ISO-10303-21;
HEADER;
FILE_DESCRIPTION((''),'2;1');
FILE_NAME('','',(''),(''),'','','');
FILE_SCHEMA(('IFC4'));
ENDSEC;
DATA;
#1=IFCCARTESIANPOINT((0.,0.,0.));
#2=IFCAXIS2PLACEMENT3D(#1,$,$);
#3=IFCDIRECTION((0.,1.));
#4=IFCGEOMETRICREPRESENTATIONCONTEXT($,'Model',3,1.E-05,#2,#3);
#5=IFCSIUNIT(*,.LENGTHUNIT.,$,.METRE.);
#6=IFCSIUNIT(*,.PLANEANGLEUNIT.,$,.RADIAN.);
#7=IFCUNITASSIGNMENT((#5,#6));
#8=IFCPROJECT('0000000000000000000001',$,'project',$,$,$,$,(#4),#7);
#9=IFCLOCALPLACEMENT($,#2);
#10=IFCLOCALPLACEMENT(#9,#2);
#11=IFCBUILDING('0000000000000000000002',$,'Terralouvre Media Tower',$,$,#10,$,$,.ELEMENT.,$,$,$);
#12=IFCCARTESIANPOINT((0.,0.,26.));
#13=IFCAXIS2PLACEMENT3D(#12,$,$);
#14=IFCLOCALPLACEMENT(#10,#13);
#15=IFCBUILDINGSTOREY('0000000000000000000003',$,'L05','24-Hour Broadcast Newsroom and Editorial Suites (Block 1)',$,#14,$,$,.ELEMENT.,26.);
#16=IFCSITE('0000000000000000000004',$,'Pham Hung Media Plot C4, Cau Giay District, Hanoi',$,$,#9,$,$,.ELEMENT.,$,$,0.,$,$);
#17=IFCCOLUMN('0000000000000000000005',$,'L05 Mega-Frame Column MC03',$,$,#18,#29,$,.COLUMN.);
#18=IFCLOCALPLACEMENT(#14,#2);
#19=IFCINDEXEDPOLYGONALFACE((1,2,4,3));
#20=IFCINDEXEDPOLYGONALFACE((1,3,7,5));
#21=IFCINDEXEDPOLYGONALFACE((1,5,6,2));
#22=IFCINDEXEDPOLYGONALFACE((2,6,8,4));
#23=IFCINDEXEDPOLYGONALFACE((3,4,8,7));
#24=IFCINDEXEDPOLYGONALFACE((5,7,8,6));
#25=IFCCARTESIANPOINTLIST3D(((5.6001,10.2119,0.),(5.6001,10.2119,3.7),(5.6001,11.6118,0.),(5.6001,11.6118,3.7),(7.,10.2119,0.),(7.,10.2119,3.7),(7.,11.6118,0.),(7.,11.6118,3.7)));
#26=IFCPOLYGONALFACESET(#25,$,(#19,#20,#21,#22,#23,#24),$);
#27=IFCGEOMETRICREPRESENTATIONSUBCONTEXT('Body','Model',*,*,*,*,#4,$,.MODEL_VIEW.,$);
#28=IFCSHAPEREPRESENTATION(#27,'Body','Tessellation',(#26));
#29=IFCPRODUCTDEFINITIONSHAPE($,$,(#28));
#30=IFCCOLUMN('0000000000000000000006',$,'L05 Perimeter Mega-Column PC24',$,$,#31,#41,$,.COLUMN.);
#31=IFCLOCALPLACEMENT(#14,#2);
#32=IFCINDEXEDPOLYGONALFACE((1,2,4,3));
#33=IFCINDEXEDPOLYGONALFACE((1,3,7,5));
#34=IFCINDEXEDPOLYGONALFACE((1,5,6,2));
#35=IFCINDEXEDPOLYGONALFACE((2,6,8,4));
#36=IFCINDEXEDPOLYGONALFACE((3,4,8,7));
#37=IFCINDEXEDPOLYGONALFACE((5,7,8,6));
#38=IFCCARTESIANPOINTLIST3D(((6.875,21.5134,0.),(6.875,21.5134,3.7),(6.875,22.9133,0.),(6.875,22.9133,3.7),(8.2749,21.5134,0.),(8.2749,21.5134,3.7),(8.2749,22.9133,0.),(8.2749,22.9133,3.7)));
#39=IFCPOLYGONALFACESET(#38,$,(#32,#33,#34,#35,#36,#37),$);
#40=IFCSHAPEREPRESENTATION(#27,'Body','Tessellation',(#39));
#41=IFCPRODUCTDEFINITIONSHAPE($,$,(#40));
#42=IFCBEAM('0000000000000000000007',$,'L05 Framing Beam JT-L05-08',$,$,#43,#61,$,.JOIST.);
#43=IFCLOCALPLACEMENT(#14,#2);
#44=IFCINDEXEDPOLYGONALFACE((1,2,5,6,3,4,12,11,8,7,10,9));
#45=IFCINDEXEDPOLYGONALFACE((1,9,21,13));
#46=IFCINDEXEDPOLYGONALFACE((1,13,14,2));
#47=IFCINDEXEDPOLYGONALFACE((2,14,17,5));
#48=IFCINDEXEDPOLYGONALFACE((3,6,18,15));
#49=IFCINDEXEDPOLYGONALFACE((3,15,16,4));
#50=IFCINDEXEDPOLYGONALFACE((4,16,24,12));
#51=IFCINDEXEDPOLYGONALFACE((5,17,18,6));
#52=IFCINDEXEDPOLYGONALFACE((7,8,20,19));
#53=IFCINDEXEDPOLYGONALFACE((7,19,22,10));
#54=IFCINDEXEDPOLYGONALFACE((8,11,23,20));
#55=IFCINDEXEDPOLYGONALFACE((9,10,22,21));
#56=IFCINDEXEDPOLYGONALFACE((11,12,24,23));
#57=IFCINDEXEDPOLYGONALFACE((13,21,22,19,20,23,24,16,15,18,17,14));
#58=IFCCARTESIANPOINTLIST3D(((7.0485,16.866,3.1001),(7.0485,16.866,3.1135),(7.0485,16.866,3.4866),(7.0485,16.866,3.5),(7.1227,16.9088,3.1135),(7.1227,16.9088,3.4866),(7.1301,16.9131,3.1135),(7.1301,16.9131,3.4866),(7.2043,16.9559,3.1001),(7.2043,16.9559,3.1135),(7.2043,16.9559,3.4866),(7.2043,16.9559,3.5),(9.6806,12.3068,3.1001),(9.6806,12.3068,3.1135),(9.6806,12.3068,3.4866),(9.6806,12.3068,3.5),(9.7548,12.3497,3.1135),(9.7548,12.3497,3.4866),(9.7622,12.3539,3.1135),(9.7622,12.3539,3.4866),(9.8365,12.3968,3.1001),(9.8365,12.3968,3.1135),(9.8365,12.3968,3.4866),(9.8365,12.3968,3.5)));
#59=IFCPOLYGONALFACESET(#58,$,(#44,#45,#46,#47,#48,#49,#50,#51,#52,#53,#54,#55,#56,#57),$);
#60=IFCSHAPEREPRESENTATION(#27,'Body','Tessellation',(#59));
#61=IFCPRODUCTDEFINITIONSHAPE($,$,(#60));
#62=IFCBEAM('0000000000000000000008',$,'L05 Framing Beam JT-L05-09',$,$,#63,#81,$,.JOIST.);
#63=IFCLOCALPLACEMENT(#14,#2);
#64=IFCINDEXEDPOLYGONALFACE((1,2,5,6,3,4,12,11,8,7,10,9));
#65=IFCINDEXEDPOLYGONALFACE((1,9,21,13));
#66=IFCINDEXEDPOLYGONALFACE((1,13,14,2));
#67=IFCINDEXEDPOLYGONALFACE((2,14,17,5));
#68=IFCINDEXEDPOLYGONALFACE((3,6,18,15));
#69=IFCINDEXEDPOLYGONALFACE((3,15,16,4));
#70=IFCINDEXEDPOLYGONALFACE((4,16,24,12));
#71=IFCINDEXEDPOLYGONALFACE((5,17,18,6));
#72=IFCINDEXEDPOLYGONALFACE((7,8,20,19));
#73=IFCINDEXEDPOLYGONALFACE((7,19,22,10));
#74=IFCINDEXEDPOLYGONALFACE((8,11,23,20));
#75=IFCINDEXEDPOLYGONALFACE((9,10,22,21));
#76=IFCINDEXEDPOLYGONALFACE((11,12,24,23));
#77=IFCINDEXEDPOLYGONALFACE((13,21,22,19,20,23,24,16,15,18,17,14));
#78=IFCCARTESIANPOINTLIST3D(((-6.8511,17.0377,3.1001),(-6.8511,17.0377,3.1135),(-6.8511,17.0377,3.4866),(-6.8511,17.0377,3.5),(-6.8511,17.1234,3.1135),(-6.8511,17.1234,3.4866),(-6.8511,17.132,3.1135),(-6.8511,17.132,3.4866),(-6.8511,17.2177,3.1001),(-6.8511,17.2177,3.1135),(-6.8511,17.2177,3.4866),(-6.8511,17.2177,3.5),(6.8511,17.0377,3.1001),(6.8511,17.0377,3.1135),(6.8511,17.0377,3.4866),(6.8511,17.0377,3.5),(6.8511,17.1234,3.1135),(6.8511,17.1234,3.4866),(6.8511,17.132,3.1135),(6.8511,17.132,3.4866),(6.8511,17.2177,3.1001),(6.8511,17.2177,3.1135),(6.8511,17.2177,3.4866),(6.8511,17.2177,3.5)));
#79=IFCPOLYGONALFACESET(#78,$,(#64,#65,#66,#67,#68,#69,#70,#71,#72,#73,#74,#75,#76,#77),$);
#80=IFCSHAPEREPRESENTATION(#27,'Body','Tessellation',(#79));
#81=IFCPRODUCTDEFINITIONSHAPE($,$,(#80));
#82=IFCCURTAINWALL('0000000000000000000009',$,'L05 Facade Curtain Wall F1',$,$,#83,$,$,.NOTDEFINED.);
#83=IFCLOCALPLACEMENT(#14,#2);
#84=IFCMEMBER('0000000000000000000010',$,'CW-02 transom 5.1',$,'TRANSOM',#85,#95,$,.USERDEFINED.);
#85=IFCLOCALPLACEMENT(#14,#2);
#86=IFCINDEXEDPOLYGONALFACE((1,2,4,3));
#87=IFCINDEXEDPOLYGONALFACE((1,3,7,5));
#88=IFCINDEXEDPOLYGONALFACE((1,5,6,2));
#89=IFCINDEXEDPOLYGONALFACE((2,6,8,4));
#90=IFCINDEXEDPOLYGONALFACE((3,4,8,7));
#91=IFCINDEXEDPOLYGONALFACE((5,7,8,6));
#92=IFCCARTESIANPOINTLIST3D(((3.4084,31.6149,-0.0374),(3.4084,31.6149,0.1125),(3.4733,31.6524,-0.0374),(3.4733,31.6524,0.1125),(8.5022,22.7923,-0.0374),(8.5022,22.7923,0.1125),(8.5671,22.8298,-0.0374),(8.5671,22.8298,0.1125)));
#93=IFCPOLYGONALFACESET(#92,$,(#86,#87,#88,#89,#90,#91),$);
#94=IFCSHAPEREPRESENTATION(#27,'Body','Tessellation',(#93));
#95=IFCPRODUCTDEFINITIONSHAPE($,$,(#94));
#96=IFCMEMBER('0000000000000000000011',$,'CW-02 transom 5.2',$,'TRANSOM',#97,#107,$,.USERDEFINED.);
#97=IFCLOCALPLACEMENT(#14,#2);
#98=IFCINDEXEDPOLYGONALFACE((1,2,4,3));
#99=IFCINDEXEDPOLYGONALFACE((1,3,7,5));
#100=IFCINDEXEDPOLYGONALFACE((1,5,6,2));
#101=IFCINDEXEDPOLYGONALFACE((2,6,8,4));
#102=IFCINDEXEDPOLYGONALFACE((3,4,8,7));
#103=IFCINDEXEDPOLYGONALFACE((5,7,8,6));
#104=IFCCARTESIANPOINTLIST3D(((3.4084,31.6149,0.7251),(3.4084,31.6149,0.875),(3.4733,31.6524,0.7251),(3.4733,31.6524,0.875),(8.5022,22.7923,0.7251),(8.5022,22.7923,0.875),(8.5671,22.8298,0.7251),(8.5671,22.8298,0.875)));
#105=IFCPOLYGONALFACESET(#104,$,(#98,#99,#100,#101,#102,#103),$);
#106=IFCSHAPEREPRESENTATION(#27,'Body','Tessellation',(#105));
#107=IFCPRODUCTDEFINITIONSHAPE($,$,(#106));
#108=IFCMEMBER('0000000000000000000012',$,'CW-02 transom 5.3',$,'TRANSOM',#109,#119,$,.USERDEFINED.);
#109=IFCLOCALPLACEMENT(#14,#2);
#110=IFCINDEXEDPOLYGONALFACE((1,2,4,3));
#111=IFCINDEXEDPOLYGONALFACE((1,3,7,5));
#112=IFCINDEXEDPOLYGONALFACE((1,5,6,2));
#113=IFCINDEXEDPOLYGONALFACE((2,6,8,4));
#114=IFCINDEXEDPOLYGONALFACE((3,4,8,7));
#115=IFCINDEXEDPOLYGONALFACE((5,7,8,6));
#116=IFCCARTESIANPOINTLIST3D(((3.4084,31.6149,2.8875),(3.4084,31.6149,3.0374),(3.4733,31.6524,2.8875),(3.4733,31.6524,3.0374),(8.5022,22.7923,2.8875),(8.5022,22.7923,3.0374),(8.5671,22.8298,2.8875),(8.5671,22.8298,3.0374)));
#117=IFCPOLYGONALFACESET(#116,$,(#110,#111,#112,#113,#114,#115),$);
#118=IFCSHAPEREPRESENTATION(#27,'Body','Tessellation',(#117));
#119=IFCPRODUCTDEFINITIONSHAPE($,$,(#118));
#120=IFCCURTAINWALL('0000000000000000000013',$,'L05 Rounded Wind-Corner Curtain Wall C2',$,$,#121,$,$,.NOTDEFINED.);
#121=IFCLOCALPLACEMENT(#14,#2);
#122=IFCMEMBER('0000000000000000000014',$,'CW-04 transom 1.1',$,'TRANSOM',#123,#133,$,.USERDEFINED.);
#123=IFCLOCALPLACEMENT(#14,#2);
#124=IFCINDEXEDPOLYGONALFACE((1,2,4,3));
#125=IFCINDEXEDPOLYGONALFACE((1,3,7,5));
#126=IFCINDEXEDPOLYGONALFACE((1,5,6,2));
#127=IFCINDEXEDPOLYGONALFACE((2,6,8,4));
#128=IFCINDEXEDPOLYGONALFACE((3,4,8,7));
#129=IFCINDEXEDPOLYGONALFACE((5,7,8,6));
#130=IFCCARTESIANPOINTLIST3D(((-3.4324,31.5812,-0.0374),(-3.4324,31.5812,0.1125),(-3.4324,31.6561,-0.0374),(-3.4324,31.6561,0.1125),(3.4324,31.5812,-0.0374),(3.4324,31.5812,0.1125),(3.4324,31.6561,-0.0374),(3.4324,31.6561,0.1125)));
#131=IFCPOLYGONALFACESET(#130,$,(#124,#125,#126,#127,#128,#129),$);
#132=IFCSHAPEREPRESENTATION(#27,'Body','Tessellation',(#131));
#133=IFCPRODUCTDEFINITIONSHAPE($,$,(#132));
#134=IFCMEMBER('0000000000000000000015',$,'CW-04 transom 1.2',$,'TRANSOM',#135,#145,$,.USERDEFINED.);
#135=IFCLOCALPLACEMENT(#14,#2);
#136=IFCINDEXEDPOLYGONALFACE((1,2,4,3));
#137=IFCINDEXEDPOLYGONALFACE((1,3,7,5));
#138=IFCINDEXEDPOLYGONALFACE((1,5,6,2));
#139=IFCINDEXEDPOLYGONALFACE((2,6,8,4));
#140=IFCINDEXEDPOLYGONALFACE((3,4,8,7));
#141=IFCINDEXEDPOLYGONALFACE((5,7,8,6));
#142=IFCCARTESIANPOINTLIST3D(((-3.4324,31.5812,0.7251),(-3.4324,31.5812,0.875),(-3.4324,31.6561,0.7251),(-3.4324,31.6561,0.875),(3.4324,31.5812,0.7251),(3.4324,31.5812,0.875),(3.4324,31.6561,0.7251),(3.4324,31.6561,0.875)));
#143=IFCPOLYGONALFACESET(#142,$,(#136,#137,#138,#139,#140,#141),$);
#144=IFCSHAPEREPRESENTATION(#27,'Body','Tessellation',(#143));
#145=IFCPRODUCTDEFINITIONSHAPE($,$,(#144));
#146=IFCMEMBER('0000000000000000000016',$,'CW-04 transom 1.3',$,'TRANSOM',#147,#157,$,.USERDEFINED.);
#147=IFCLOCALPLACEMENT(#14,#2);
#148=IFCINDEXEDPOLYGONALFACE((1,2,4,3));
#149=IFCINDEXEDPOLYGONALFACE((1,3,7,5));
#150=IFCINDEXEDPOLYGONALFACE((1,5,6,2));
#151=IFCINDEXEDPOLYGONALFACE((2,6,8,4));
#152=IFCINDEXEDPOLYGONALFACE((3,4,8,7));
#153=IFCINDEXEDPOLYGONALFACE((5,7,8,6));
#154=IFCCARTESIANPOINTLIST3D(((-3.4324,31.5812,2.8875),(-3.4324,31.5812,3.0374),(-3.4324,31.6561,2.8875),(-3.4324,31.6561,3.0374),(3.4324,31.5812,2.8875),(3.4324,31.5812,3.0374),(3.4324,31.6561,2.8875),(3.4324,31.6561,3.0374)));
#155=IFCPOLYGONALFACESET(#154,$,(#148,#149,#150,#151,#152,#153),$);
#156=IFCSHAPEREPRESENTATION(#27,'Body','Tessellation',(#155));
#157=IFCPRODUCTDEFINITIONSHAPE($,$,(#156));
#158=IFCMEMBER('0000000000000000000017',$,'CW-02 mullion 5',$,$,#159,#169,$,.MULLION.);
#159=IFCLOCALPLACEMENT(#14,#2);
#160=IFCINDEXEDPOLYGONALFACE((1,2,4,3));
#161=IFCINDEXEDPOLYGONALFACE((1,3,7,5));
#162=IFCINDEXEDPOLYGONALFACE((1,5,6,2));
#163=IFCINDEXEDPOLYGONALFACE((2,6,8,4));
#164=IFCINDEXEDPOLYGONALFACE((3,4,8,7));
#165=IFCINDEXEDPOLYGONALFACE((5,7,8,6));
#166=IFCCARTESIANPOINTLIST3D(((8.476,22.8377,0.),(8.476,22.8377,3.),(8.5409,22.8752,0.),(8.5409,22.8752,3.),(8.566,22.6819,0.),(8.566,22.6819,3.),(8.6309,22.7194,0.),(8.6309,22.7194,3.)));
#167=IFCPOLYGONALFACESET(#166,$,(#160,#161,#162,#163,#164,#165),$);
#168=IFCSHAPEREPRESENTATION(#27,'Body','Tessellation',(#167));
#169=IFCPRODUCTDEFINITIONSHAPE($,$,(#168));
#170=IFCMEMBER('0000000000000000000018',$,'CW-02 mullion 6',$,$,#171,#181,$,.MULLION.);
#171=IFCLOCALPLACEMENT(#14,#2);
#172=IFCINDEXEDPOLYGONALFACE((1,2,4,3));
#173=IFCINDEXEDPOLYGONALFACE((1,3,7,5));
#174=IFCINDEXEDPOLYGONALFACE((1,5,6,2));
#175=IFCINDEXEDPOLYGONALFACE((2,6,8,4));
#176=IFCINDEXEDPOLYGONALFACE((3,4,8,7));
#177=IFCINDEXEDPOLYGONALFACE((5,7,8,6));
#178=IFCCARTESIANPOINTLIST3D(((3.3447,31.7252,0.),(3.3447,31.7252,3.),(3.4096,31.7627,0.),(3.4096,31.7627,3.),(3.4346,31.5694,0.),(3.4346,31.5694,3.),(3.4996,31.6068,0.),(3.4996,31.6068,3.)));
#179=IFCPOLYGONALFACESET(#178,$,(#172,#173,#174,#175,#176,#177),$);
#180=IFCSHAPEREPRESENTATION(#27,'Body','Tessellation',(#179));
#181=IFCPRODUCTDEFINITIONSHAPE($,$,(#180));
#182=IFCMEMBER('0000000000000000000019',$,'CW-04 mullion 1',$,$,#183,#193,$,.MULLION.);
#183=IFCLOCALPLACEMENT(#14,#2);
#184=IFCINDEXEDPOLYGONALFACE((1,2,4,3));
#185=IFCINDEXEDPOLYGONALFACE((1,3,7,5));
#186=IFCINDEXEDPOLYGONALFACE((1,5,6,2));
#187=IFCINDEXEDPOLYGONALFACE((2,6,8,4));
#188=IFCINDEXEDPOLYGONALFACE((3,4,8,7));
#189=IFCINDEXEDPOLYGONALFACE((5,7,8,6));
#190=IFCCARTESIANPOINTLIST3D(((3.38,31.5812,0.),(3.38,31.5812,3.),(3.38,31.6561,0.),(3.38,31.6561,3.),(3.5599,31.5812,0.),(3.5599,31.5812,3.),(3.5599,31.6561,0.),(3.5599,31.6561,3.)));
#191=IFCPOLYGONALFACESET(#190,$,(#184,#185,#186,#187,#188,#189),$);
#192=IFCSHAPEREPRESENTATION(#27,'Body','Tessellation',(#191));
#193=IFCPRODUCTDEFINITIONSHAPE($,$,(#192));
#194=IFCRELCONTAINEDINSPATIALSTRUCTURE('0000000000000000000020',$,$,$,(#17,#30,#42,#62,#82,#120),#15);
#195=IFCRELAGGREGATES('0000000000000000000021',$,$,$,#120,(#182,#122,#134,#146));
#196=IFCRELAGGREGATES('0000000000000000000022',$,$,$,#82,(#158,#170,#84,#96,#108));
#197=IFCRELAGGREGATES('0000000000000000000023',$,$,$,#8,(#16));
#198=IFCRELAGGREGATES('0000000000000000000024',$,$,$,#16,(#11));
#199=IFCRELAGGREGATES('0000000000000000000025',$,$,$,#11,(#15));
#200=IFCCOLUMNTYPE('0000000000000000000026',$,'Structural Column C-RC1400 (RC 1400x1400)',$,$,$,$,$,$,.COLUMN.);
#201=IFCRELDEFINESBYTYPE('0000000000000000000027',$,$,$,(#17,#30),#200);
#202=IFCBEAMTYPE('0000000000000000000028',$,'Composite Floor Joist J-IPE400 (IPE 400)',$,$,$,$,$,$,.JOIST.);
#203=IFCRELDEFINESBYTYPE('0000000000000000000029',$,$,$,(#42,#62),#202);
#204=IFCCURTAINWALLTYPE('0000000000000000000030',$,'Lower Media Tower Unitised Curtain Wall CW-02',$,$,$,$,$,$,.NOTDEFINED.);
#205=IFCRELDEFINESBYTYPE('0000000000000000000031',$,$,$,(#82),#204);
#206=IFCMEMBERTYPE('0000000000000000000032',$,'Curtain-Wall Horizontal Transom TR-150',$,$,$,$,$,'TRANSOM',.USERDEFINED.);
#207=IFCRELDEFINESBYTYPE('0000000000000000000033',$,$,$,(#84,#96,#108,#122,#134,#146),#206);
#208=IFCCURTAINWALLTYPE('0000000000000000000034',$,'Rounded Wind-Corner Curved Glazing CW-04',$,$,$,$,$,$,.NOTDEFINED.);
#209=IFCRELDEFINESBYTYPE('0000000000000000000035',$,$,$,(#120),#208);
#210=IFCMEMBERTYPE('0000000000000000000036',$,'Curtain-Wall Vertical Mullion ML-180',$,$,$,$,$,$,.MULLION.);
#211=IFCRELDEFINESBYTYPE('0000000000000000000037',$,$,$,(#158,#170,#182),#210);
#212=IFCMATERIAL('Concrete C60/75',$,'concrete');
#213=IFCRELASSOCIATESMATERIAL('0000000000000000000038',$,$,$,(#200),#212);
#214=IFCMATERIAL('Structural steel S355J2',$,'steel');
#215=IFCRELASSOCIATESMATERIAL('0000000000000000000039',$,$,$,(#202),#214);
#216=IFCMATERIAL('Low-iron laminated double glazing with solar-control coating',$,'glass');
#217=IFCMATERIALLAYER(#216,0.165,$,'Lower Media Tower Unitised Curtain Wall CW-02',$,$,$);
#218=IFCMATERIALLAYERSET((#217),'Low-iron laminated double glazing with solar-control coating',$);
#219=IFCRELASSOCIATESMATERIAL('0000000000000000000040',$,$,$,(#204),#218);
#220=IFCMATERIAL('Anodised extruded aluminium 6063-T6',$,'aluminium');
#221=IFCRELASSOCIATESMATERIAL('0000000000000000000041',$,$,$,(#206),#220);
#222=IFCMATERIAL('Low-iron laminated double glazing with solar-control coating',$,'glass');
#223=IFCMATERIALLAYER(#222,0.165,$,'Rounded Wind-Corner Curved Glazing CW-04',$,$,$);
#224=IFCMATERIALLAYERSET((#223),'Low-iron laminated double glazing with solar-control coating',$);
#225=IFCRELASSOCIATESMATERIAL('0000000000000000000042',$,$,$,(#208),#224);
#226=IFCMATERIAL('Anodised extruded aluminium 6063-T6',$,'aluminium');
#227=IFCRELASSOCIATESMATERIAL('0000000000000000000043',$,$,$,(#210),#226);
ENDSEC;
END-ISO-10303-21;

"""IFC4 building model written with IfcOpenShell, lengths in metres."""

from ifc_helpers import new_model, si_unit, direction, frame, origin, origin_2d, place, context, subcontext, project, spatial, rectangle, i_section, extrude, material, layer, layer_set, material_profile, profile_set, type_object, element, aggregate, save


model = new_model("IFC4")

# Units and contexts
model_context = context("Model", 3, precision=1e-05, world=origin(), true_north=direction((0.0, 1.0)))
body_context = subcontext(model_context, "Body", "Model", "MODEL_VIEW")
ifc_project = project(units=[si_unit("LENGTHUNIT", "METRE"), si_unit("PLANEANGLEUNIT", "RADIAN")], contexts=[model_context])

# Site, building, storey
site_placement = place(None, origin())
site = spatial("IfcSite", under=ifc_project, at=site_placement, Name="Pham Hung Media Plot C4, Cau Giay District, Hanoi", CompositionType="ELEMENT", RefElevation=0.0)
building_placement = place(site_placement, origin())
building = spatial("IfcBuilding", under=site, at=building_placement, Name="Terralouvre Media Tower", CompositionType="ELEMENT")
storey_placement = place(building_placement, frame((0.0, 0.0, 26.0)))
storey = spatial("IfcBuildingStorey", under=building, at=storey_placement, Name="L05", Description="24-Hour Broadcast Newsroom and Editorial Suites (Block 1)", CompositionType="ELEMENT", Elevation=26.0)

# Columns
ifc_material_1 = material(Name="Concrete C60/75", Category="concrete")
ifc_material_profile_1 = material_profile(ifc_material_1, rectangle(XDim=1.3999, YDim=1.3999, at=origin_2d()), Name="RC 1400x1400")
ifc_profile_set_1 = profile_set([ifc_material_profile_1], Name="Concrete C60/75")
column_type = type_object("IfcColumnType", Name="Structural Column C-RC1400 (RC 1400x1400)", PredefinedType="COLUMN", material=ifc_profile_set_1)
for number, where, z_axis, x_axis, name in (
    (1, (6.3, 10.9119, 0.0), (0.0, 0.0, 1.0), (1.0, 0.0, 0.0), "L05 Mega-Frame Column MC03"),
    (2, (7.575, 22.2134, 0.0), (0.0, 0.0, 1.0), (1.0, 0.0, 0.0), "L05 Perimeter Mega-Column PC24"),
):
    element("IfcColumn", number, at=place(storey_placement, frame(where, z_axis=z_axis, x_axis=x_axis)), inside=storey, type_object=column_type, Name=name, PredefinedType="COLUMN", context=body_context, shape_type="SweptSolid", body=[
        extrude(rectangle(XDim=1.3999, YDim=1.3999, at=origin_2d()), origin(), (0.0, 0.0, 1.0), 3.7),
    ])

# Beams
ifc_material_2 = material(Name="Structural steel S355J2", Category="steel")
ifc_material_profile_2 = material_profile(ifc_material_2, i_section(OverallWidth=0.1799, OverallDepth=0.3999, WebThickness=0.0085, FlangeThickness=0.0134, at=origin_2d()), Name="IPE 400")
ifc_profile_set_2 = profile_set([ifc_material_profile_2], Name="Structural steel S355J2")
beam_type_1 = type_object("IfcBeamType", Name="Composite Floor Joist J-IPE400 (IPE 400)", PredefinedType="JOIST", material=ifc_profile_set_2)
beam_1_placement = place(storey_placement, frame((9.7585, 12.3518, 3.3), z_axis=(-0.499985, 0.866034, 0.0), x_axis=(-0.866034, -0.499985, 0.0)))
element("IfcBeam", 3, at=beam_1_placement, inside=storey, type_object=beam_type_1, Name="L05 Framing Beam JT-L05-08", PredefinedType="JOIST", context=body_context, shape_type="SweptSolid", body=[
    extrude(i_section(OverallWidth=0.1799, OverallDepth=0.3999, WebThickness=0.0085, FlangeThickness=0.0134, at=origin_2d()), origin(), (0.0, 0.0, 1.0), 5.2644),
])
beam_2_placement = place(storey_placement, frame((6.8511, 17.1277, 3.3), z_axis=(-1.0, 0.0, 0.0), x_axis=(0.0, -1.0, 0.0)))
element("IfcBeam", 4, at=beam_2_placement, inside=storey, type_object=beam_type_1, Name="L05 Framing Beam JT-L05-09", PredefinedType="JOIST", context=body_context, shape_type="SweptSolid", body=[
    extrude(i_section(OverallWidth=0.1799, OverallDepth=0.3999, WebThickness=0.0085, FlangeThickness=0.0134, at=origin_2d()), origin(), (0.0, 0.0, 1.0), 13.7021),
])

# Curtain walls, members
ifc_material_3 = material(Name="Low-iron laminated double glazing with solar-control coating", Category="glass")
ifc_layer_1 = layer(ifc_material_3, 0.165, Name="Lower Media Tower Unitised Curtain Wall CW-02")
ifc_layer_set_1 = layer_set([ifc_layer_1], Name="Low-iron laminated double glazing with solar-control coating")
curtain_wall_type_1 = type_object("IfcCurtainWallType", Name="Lower Media Tower Unitised Curtain Wall CW-02", PredefinedType="NOTDEFINED", material=ifc_layer_set_1)
curtain_wall_1_placement = place(storey_placement, origin())
curtain_wall_1 = element("IfcCurtainWall", 5, at=curtain_wall_1_placement, inside=storey, type_object=curtain_wall_type_1, Name="L05 Facade Curtain Wall F1", PredefinedType="NOTDEFINED")
ifc_material_4 = material(Name="Anodised extruded aluminium 6063-T6", Category="aluminium")
ifc_material_profile_3 = material_profile(ifc_material_4, rectangle(XDim=0.075, YDim=0.1499, at=origin_2d()), Name="ALU 75x150")
ifc_profile_set_3 = profile_set([ifc_material_profile_3], Name="Anodised extruded aluminium 6063-T6")
member_type_1 = type_object("IfcMemberType", Name="Curtain-Wall Horizontal Transom TR-150", ElementType="TRANSOM", PredefinedType="USERDEFINED", material=ifc_profile_set_3)
member_1_placement = place(storey_placement, frame((8.5347, 22.811, 0.0376), z_axis=(-0.500005, 0.866022, 0.0), x_axis=(-0.866022, -0.500005, 0.0)))
member_1 = element("IfcMember", 6, at=member_1_placement, type_object=member_type_1, Name="CW-02 transom 5.1", ObjectType="TRANSOM", PredefinedType="USERDEFINED", context=body_context, shape_type="SweptSolid", body=[
    extrude(rectangle(XDim=0.075, YDim=0.1499, at=origin_2d()), origin(), (0.0, 0.0, 1.0), 10.1875),
])
member_2_placement = place(storey_placement, frame((8.5347, 22.811, 0.8), z_axis=(-0.500005, 0.866022, 0.0), x_axis=(-0.866022, -0.500005, 0.0)))
member_2 = element("IfcMember", 7, at=member_2_placement, type_object=member_type_1, Name="CW-02 transom 5.2", ObjectType="TRANSOM", PredefinedType="USERDEFINED", context=body_context, shape_type="SweptSolid", body=[
    extrude(rectangle(XDim=0.075, YDim=0.1499, at=origin_2d()), origin(), (0.0, 0.0, 1.0), 10.1875),
])
member_3_placement = place(storey_placement, frame((8.5347, 22.811, 2.9624), z_axis=(-0.500005, 0.866022, 0.0), x_axis=(-0.866022, -0.500005, 0.0)))
member_3 = element("IfcMember", 8, at=member_3_placement, type_object=member_type_1, Name="CW-02 transom 5.3", ObjectType="TRANSOM", PredefinedType="USERDEFINED", context=body_context, shape_type="SweptSolid", body=[
    extrude(rectangle(XDim=0.075, YDim=0.1499, at=origin_2d()), origin(), (0.0, 0.0, 1.0), 10.1875),
])
ifc_material_5 = material(Name="Low-iron laminated double glazing with solar-control coating", Category="glass")
ifc_layer_2 = layer(ifc_material_5, 0.165, Name="Rounded Wind-Corner Curved Glazing CW-04")
ifc_layer_set_2 = layer_set([ifc_layer_2], Name="Low-iron laminated double glazing with solar-control coating")
curtain_wall_type_2 = type_object("IfcCurtainWallType", Name="Rounded Wind-Corner Curved Glazing CW-04", PredefinedType="NOTDEFINED", material=ifc_layer_set_2)
curtain_wall_2_placement = place(storey_placement, origin())
curtain_wall_2 = element("IfcCurtainWall", 9, at=curtain_wall_2_placement, inside=storey, type_object=curtain_wall_type_2, Name="L05 Rounded Wind-Corner Curtain Wall C2", PredefinedType="NOTDEFINED")
member_4_placement = place(storey_placement, frame((3.4324, 31.6187, 0.0376), z_axis=(-1.0, 0.0, 0.0), x_axis=(0.0, -1.0, 0.0)))
member_4 = element("IfcMember", 10, at=member_4_placement, type_object=member_type_1, Name="CW-04 transom 1.1", ObjectType="TRANSOM", PredefinedType="USERDEFINED", context=body_context, shape_type="SweptSolid", body=[
    extrude(rectangle(XDim=0.075, YDim=0.1499, at=origin_2d()), origin(), (0.0, 0.0, 1.0), 6.8647),
])
member_5_placement = place(storey_placement, frame((3.4324, 31.6187, 0.8), z_axis=(-1.0, 0.0, 0.0), x_axis=(0.0, -1.0, 0.0)))
member_5 = element("IfcMember", 11, at=member_5_placement, type_object=member_type_1, Name="CW-04 transom 1.2", ObjectType="TRANSOM", PredefinedType="USERDEFINED", context=body_context, shape_type="SweptSolid", body=[
    extrude(rectangle(XDim=0.075, YDim=0.1499, at=origin_2d()), origin(), (0.0, 0.0, 1.0), 6.8647),
])
member_6_placement = place(storey_placement, frame((3.4324, 31.6187, 2.9624), z_axis=(-1.0, 0.0, 0.0), x_axis=(0.0, -1.0, 0.0)))
member_6 = element("IfcMember", 12, at=member_6_placement, type_object=member_type_1, Name="CW-04 transom 1.3", ObjectType="TRANSOM", PredefinedType="USERDEFINED", context=body_context, shape_type="SweptSolid", body=[
    extrude(rectangle(XDim=0.075, YDim=0.1499, at=origin_2d()), origin(), (0.0, 0.0, 1.0), 6.8647),
])

# Members
ifc_material_6 = material(Name="Anodised extruded aluminium 6063-T6", Category="aluminium")
ifc_material_profile_4 = material_profile(ifc_material_6, rectangle(XDim=0.075, YDim=0.1799, at=origin_2d()), Name="ALU 75x180")
ifc_profile_set_4 = profile_set([ifc_material_profile_4], Name="Anodised extruded aluminium 6063-T6")
member_type_2 = type_object("IfcMemberType", Name="Curtain-Wall Vertical Mullion ML-180", PredefinedType="MULLION", material=ifc_profile_set_4)
member_7_placement = place(storey_placement, frame((8.5535, 22.7786, 0.0), z_axis=(0.0, 0.0, 1.0), x_axis=(-0.866025, -0.5, 0.0)))
member_7 = element("IfcMember", 13, at=member_7_placement, type_object=member_type_2, Name="CW-02 mullion 5", PredefinedType="MULLION", context=body_context, shape_type="SweptSolid", body=[
    extrude(rectangle(XDim=0.075, YDim=0.1799, at=origin_2d()), origin(), (0.0, 0.0, 1.0), 3.0),
])
member_8_placement = place(storey_placement, frame((3.4221, 31.666, 0.0), z_axis=(0.0, 0.0, 1.0), x_axis=(-0.866025, -0.5, 0.0)))
member_8 = element("IfcMember", 14, at=member_8_placement, type_object=member_type_2, Name="CW-02 mullion 6", PredefinedType="MULLION", context=body_context, shape_type="SweptSolid", body=[
    extrude(rectangle(XDim=0.075, YDim=0.1799, at=origin_2d()), origin(), (0.0, 0.0, 1.0), 3.0),
])
member_9_placement = place(storey_placement, frame((3.47, 31.6187, 0.0), z_axis=(0.0, 0.0, 1.0), x_axis=(0.0, -1.0, 0.0)))
member_9 = element("IfcMember", 15, at=member_9_placement, type_object=member_type_2, Name="CW-04 mullion 1", PredefinedType="MULLION", context=body_context, shape_type="SweptSolid", body=[
    extrude(rectangle(XDim=0.075, YDim=0.1799, at=origin_2d()), origin(), (0.0, 0.0, 1.0), 3.0),
])
aggregate(curtain_wall_2, [member_9, member_4, member_5, member_6])

aggregate(curtain_wall_1, [member_7, member_8, member_1, member_2, member_3])

save(model, "model.ifc")
